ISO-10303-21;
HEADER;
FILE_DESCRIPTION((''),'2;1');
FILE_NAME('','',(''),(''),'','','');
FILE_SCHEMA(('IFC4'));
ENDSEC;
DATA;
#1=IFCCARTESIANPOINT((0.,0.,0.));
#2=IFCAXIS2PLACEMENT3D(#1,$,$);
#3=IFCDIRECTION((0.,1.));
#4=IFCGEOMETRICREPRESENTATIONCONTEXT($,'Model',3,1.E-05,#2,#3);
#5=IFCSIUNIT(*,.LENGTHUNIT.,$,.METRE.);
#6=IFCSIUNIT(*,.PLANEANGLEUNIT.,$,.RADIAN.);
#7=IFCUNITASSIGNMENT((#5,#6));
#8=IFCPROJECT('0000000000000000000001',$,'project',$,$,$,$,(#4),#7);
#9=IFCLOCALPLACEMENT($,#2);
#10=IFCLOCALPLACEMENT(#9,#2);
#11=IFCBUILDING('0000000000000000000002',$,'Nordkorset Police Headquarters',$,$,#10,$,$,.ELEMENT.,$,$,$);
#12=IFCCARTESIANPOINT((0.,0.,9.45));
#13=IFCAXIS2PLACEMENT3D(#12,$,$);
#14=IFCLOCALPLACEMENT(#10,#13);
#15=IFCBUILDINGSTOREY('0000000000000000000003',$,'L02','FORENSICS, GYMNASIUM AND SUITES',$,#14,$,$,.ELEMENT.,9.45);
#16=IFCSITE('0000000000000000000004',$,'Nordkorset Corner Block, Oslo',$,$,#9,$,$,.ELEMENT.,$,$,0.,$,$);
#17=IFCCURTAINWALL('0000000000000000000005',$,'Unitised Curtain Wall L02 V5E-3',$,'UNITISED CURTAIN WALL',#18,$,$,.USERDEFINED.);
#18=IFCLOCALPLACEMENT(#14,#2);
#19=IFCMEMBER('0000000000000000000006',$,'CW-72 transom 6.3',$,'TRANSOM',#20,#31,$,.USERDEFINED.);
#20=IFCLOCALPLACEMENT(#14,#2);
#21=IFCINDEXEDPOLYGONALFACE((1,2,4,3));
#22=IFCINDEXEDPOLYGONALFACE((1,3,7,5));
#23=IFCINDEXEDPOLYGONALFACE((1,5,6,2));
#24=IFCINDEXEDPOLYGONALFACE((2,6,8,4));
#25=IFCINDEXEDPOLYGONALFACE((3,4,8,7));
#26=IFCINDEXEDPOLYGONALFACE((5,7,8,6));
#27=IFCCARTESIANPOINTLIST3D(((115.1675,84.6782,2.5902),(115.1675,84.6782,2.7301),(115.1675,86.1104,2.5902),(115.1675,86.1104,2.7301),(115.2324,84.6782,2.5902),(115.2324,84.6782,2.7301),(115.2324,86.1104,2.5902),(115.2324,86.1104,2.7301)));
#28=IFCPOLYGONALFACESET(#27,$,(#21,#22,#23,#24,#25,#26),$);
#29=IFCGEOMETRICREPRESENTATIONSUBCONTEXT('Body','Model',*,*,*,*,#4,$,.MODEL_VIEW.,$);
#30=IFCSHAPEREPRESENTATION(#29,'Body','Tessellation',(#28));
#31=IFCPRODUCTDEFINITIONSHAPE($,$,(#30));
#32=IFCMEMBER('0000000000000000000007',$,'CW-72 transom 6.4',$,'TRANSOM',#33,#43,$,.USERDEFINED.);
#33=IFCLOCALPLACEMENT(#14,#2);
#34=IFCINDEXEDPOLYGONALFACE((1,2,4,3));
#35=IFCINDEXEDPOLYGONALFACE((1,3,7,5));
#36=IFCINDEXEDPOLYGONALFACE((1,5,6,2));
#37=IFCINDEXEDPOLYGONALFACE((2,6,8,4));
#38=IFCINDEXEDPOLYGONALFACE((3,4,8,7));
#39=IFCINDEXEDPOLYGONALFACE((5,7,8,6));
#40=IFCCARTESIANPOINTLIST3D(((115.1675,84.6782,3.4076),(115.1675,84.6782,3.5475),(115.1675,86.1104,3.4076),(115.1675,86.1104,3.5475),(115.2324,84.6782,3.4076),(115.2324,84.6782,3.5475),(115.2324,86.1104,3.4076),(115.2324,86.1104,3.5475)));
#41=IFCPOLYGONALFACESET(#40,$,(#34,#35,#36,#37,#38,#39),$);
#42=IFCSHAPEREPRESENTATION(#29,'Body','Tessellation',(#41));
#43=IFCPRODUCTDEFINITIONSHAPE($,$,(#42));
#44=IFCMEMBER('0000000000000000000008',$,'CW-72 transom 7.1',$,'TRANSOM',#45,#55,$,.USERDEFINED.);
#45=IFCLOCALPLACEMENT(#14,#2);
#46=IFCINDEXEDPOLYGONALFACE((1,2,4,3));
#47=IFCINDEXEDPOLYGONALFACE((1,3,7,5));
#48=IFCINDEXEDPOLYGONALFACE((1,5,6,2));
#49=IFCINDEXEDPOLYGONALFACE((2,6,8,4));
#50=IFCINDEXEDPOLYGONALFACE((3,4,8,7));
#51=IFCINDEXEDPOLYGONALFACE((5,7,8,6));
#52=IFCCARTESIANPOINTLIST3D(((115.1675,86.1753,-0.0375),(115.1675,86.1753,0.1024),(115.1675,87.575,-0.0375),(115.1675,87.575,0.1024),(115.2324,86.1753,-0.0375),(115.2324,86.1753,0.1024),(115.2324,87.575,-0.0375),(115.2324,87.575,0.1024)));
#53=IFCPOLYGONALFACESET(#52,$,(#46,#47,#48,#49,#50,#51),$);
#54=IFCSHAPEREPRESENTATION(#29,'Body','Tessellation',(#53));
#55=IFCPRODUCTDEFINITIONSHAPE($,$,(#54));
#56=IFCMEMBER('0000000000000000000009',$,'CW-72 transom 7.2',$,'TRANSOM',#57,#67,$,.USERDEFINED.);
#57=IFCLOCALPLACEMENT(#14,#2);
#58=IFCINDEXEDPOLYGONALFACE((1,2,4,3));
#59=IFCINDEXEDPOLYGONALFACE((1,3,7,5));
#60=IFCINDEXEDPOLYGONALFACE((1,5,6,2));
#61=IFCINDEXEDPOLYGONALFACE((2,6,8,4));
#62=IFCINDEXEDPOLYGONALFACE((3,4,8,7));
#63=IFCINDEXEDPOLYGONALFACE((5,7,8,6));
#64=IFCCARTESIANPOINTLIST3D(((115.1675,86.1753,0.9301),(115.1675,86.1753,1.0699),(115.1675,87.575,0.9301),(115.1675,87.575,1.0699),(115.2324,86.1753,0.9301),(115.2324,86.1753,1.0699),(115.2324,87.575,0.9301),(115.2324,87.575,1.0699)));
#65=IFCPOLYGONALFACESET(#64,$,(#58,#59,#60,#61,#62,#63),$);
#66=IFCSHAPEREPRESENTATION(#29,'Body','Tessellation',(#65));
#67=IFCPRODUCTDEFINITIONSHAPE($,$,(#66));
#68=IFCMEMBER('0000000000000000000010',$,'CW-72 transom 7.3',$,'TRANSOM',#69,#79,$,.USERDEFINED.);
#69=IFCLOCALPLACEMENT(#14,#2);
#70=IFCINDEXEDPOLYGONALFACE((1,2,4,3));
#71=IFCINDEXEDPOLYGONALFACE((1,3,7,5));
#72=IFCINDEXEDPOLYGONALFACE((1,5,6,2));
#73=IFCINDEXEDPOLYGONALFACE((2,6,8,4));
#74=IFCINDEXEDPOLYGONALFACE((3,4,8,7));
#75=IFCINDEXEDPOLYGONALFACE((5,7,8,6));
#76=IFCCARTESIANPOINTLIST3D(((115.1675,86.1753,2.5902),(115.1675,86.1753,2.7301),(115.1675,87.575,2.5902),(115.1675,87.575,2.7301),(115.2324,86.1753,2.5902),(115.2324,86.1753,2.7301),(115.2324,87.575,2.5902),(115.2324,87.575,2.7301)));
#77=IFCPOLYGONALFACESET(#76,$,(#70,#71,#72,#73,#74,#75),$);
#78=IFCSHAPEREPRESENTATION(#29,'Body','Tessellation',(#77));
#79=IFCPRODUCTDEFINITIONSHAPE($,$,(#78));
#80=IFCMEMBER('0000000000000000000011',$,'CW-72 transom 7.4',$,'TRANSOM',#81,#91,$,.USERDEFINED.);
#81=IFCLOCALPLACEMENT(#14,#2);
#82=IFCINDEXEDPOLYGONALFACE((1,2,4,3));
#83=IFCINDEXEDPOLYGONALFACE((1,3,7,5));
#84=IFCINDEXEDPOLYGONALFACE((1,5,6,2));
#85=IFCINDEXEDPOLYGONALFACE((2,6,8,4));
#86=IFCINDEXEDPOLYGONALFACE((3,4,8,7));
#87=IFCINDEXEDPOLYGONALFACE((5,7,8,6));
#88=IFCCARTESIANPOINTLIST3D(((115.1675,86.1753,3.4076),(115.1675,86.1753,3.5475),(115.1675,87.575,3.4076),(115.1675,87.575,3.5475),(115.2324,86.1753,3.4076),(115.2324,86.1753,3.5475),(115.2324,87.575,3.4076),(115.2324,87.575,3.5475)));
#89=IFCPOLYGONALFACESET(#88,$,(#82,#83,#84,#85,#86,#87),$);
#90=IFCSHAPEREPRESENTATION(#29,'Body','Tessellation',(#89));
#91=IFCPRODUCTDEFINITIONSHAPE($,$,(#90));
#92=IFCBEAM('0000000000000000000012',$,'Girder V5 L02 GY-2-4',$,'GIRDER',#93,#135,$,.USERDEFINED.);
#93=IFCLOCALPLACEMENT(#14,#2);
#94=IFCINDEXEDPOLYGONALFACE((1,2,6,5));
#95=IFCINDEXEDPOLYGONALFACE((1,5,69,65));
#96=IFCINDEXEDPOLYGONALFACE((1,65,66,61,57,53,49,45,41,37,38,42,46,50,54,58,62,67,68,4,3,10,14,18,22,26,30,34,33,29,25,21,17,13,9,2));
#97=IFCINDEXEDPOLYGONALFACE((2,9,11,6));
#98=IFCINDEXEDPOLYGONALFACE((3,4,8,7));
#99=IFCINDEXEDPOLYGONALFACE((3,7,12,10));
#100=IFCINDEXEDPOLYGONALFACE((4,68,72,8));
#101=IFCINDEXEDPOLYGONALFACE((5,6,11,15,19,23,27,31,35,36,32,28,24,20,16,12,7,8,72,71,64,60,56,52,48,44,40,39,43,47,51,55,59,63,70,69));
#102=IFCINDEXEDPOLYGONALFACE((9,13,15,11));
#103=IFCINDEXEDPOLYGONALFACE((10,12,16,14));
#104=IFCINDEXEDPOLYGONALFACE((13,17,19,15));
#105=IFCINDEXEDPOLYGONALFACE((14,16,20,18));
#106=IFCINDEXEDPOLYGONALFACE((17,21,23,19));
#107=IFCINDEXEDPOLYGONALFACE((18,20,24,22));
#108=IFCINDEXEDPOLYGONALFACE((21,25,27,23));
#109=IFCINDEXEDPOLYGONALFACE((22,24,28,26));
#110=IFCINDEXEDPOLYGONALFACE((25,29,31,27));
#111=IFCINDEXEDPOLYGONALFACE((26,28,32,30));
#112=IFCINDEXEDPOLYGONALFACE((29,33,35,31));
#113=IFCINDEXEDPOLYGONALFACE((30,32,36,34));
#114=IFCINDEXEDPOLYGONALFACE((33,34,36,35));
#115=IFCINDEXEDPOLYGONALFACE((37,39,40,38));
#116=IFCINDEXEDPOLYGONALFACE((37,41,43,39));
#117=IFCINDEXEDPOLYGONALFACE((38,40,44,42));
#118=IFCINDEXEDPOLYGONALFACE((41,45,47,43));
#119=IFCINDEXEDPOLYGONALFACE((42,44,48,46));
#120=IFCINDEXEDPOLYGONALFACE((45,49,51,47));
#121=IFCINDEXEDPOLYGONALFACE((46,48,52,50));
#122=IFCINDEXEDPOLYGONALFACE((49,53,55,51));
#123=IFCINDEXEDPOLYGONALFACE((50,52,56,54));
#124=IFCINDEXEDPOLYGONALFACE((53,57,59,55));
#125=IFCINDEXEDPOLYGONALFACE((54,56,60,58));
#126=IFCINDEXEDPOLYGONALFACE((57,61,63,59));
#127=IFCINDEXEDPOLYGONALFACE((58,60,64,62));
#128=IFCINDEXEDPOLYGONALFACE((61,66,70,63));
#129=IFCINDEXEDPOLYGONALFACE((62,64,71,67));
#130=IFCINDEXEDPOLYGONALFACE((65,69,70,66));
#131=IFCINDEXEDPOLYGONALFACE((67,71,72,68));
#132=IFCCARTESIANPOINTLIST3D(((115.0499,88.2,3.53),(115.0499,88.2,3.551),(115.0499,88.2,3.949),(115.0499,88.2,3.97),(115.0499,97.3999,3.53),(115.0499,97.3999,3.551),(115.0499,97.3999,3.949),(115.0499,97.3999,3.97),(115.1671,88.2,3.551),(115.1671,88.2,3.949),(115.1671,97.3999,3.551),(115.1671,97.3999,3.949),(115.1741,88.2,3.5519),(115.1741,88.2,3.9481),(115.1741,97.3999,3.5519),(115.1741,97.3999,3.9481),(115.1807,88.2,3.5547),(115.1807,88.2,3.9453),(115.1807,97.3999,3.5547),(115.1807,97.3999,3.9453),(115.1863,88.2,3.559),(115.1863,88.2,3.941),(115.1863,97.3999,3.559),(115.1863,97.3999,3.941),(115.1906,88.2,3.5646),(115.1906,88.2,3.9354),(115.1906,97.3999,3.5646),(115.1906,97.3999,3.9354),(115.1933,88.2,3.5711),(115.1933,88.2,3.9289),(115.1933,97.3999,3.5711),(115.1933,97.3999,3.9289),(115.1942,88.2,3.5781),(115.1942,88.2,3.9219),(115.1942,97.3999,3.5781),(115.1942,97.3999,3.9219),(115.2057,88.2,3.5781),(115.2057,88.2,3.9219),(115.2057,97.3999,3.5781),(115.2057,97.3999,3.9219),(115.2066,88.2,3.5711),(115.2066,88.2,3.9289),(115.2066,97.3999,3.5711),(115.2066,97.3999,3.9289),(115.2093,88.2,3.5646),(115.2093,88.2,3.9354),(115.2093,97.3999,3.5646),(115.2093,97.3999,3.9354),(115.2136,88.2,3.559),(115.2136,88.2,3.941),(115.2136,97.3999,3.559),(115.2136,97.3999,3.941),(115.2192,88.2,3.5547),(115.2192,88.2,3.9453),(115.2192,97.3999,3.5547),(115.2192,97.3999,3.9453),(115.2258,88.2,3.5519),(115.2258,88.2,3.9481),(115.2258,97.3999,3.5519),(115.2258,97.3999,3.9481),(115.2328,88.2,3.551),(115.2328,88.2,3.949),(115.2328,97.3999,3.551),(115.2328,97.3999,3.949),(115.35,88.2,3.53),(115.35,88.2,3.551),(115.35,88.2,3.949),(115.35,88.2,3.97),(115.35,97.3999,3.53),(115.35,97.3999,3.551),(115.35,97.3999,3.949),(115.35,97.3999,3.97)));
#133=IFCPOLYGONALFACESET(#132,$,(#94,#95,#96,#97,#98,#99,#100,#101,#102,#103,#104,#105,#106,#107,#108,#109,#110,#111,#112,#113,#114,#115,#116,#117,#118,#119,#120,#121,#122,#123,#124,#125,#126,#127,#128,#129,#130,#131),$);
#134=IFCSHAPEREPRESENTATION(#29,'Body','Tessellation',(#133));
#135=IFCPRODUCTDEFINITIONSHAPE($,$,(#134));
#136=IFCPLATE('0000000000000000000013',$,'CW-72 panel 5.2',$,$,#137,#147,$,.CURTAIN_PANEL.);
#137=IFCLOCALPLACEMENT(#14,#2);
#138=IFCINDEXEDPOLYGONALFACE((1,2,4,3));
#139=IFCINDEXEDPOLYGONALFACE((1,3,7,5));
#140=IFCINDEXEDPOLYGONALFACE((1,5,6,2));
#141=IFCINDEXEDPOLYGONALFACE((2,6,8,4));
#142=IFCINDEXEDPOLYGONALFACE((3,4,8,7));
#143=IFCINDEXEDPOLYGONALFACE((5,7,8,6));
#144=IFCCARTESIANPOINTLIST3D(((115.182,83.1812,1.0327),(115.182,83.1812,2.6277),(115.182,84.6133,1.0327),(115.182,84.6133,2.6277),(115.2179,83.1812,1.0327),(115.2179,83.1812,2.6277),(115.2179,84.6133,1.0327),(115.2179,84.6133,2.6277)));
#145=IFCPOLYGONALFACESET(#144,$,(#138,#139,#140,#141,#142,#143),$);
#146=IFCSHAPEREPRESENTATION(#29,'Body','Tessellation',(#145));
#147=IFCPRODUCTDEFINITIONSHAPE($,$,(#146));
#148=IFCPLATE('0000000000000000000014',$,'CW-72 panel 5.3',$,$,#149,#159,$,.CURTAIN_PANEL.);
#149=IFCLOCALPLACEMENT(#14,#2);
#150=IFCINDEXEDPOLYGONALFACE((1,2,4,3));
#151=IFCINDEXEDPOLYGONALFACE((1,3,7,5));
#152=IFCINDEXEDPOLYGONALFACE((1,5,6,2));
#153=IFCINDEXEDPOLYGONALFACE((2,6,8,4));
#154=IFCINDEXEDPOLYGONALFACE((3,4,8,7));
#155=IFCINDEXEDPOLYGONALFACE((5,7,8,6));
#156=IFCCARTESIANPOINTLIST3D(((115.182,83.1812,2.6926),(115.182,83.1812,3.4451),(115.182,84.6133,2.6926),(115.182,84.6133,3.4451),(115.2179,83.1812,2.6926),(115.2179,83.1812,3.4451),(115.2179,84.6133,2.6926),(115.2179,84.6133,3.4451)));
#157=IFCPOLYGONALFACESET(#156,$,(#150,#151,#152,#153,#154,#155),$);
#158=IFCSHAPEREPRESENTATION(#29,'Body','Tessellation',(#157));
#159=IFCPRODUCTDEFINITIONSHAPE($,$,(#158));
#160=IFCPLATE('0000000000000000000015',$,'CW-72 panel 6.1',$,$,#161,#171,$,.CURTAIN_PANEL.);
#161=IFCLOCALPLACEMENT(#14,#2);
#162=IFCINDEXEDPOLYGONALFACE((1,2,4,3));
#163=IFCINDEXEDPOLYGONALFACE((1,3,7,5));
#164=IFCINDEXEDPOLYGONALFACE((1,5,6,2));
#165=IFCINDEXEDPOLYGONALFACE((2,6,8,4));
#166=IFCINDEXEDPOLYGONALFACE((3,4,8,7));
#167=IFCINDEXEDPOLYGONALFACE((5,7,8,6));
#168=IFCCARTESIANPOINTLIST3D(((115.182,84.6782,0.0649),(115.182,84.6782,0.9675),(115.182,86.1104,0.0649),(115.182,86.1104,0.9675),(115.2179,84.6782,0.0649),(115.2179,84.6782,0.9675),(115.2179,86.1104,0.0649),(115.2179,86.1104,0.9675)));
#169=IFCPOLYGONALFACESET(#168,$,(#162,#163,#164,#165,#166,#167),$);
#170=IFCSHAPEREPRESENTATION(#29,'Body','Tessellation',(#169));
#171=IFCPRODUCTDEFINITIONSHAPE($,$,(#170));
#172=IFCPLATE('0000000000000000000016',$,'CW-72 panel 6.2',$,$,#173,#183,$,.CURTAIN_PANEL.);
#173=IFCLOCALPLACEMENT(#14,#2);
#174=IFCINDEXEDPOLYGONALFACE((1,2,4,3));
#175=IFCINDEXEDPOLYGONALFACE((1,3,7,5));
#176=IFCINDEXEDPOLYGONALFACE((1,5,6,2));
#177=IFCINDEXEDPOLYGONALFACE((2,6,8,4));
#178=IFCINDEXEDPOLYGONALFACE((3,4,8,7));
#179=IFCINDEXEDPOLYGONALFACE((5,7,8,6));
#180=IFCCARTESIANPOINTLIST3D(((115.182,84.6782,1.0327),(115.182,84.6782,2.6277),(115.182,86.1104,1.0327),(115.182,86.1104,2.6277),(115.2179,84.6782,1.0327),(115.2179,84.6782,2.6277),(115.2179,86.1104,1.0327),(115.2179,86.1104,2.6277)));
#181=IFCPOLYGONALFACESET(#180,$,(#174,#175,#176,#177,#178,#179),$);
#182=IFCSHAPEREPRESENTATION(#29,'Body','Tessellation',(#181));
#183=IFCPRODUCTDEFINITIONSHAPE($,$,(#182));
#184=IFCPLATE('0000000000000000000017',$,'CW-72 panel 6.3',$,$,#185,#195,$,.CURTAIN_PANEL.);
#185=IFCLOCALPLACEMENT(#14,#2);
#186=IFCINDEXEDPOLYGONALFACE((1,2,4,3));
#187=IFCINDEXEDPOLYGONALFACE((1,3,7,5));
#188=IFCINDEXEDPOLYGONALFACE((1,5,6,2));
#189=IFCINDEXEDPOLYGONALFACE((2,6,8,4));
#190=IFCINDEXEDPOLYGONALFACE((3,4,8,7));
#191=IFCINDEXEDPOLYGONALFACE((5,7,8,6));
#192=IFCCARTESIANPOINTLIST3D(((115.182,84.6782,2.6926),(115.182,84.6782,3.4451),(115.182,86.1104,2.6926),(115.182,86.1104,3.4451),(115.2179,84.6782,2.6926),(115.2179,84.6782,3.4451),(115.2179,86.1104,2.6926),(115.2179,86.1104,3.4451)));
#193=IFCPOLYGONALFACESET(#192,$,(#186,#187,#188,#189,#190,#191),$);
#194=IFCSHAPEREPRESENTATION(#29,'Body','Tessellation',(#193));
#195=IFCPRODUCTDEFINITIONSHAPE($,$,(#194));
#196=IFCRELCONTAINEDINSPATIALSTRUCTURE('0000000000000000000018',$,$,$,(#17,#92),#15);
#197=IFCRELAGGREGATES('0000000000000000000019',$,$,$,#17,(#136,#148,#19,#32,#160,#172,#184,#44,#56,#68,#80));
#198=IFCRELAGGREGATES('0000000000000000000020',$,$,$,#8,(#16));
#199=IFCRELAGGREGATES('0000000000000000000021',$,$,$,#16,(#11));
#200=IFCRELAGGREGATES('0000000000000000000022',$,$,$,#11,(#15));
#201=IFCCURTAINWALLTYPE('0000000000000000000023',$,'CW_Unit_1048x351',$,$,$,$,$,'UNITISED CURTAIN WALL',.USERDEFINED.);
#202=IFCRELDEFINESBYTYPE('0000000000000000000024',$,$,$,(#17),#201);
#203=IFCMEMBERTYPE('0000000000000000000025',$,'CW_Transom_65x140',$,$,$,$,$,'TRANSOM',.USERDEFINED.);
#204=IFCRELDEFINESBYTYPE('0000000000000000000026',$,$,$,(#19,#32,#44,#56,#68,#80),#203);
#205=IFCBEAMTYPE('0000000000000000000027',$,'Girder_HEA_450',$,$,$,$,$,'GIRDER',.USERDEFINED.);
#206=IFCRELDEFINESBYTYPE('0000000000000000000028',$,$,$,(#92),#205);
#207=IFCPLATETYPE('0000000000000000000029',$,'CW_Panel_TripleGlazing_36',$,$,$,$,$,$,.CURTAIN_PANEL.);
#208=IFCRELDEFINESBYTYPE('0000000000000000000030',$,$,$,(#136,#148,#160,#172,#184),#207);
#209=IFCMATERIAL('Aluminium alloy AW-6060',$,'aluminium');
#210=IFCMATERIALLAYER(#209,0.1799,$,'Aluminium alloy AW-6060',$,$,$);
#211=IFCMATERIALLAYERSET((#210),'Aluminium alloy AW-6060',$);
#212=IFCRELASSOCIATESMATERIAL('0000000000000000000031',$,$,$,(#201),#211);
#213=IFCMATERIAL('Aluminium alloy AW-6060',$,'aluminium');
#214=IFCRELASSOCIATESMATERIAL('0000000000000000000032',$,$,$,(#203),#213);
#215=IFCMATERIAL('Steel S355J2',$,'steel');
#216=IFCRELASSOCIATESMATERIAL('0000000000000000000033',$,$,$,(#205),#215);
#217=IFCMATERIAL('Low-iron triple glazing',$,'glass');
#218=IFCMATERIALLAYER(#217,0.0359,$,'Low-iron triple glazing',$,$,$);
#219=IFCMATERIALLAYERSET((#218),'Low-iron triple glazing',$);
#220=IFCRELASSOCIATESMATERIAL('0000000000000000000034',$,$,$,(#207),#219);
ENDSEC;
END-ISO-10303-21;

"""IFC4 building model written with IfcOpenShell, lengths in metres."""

from ifc_helpers import new_model, si_unit, direction, frame, origin, origin_2d, place, context, subcontext, project, spatial, rectangle, i_section, extrude, material, layer, layer_set, material_profile, profile_set, type_object, element, aggregate, save


model = new_model("IFC4")

# Units and contexts
model_context = context("Model", 3, precision=1e-05, world=origin(), true_north=direction((0.0, 1.0)))
body_context = subcontext(model_context, "Body", "Model", "MODEL_VIEW")
ifc_project = project(units=[si_unit("LENGTHUNIT", "METRE"), si_unit("PLANEANGLEUNIT", "RADIAN")], contexts=[model_context])

# Site, building, storey
site_placement = place(None, origin())
site = spatial("IfcSite", under=ifc_project, at=site_placement, Name="Nordkorset Corner Block, Oslo", CompositionType="ELEMENT", RefElevation=0.0)
building_placement = place(site_placement, origin())
building = spatial("IfcBuilding", under=site, at=building_placement, Name="Nordkorset Police Headquarters", CompositionType="ELEMENT")
storey_placement = place(building_placement, frame((0.0, 0.0, 9.45)))
storey = spatial("IfcBuildingStorey", under=building, at=storey_placement, Name="L02", Description="FORENSICS, GYMNASIUM AND SUITES", CompositionType="ELEMENT", Elevation=9.45)

# Curtain wall, members
ifc_material_1 = material(Name="Aluminium alloy AW-6060", Category="aluminium")
ifc_layer_1 = layer(ifc_material_1, 0.1799, Name="Aluminium alloy AW-6060")
ifc_layer_set_1 = layer_set([ifc_layer_1], Name="Aluminium alloy AW-6060")
curtain_wall_type = type_object("IfcCurtainWallType", Name="CW_Unit_1048x351", ElementType="UNITISED CURTAIN WALL", PredefinedType="USERDEFINED", material=ifc_layer_set_1)
curtain_wall_placement = place(storey_placement, origin())
curtain_wall = element("IfcCurtainWall", 1, at=curtain_wall_placement, inside=storey, type_object=curtain_wall_type, Name="Unitised Curtain Wall L02 V5E-3", ObjectType="UNITISED CURTAIN WALL", PredefinedType="USERDEFINED")
ifc_material_2 = material(Name="Aluminium alloy AW-6060", Category="aluminium")
ifc_material_profile_1 = material_profile(ifc_material_2, rectangle(XDim=0.0649, YDim=0.1399, at=origin_2d()), Name="ALU TRAN 65x140")
ifc_profile_set_1 = profile_set([ifc_material_profile_1], Name="Aluminium alloy AW-6060")
member_type_1 = type_object("IfcMemberType", Name="CW_Transom_65x140", ElementType="TRANSOM", PredefinedType="USERDEFINED", material=ifc_profile_set_1)
member_1_placement = place(storey_placement, frame((115.2, 84.6782, 2.6602), z_axis=(0.0, 1.0, 0.0), x_axis=(-1.0, 0.0, 0.0)))
member_1 = element("IfcMember", 2, at=member_1_placement, type_object=member_type_1, Name="CW-72 transom 6.3", ObjectType="TRANSOM", PredefinedType="USERDEFINED", context=body_context, shape_type="SweptSolid", body=[
    extrude(rectangle(XDim=0.0649, YDim=0.1399, at=origin_2d()), origin(), (0.0, 0.0, 1.0), 1.4321),
])
member_2_placement = place(storey_placement, frame((115.2, 84.6782, 3.4775), z_axis=(0.0, 1.0, 0.0), x_axis=(-1.0, 0.0, 0.0)))
member_2 = element("IfcMember", 3, at=member_2_placement, type_object=member_type_1, Name="CW-72 transom 6.4", ObjectType="TRANSOM", PredefinedType="USERDEFINED", context=body_context, shape_type="SweptSolid", body=[
    extrude(rectangle(XDim=0.0649, YDim=0.1399, at=origin_2d()), origin(), (0.0, 0.0, 1.0), 1.4321),
])
member_3_placement = place(storey_placement, frame((115.2, 86.1753, 0.0325), z_axis=(0.0, 1.0, 0.0), x_axis=(-1.0, 0.0, 0.0)))
member_3 = element("IfcMember", 4, at=member_3_placement, type_object=member_type_1, Name="CW-72 transom 7.1", ObjectType="TRANSOM", PredefinedType="USERDEFINED", context=body_context, shape_type="SweptSolid", body=[
    extrude(rectangle(XDim=0.0649, YDim=0.1399, at=origin_2d()), origin(), (0.0, 0.0, 1.0), 1.3997),
])
member_4_placement = place(storey_placement, frame((115.2, 86.1753, 1.0), z_axis=(0.0, 1.0, 0.0), x_axis=(-1.0, 0.0, 0.0)))
member_4 = element("IfcMember", 5, at=member_4_placement, type_object=member_type_1, Name="CW-72 transom 7.2", ObjectType="TRANSOM", PredefinedType="USERDEFINED", context=body_context, shape_type="SweptSolid", body=[
    extrude(rectangle(XDim=0.0649, YDim=0.1399, at=origin_2d()), origin(), (0.0, 0.0, 1.0), 1.3997),
])
member_5_placement = place(storey_placement, frame((115.2, 86.1753, 2.6602), z_axis=(0.0, 1.0, 0.0), x_axis=(-1.0, 0.0, 0.0)))
member_5 = element("IfcMember", 6, at=member_5_placement, type_object=member_type_1, Name="CW-72 transom 7.3", ObjectType="TRANSOM", PredefinedType="USERDEFINED", context=body_context, shape_type="SweptSolid", body=[
    extrude(rectangle(XDim=0.0649, YDim=0.1399, at=origin_2d()), origin(), (0.0, 0.0, 1.0), 1.3997),
])
member_6_placement = place(storey_placement, frame((115.2, 86.1753, 3.4775), z_axis=(0.0, 1.0, 0.0), x_axis=(-1.0, 0.0, 0.0)))
member_6 = element("IfcMember", 7, at=member_6_placement, type_object=member_type_1, Name="CW-72 transom 7.4", ObjectType="TRANSOM", PredefinedType="USERDEFINED", context=body_context, shape_type="SweptSolid", body=[
    extrude(rectangle(XDim=0.0649, YDim=0.1399, at=origin_2d()), origin(), (0.0, 0.0, 1.0), 1.3997),
])

# Beam
ifc_material_3 = material(Name="Steel S355J2", Category="steel")
ifc_material_profile_2 = material_profile(ifc_material_3, i_section(OverallWidth=0.3, OverallDepth=0.4399, WebThickness=0.0115, FlangeThickness=0.021, FilletRadius=0.0271, at=origin_2d()), Name="HEA 450")
ifc_profile_set_2 = profile_set([ifc_material_profile_2], Name="Steel S355J2")
beam_type = type_object("IfcBeamType", Name="Girder_HEA_450", ElementType="GIRDER", PredefinedType="USERDEFINED", material=ifc_profile_set_2)
beam_placement = place(storey_placement, frame((115.2, 88.2, 3.75), z_axis=(0.0, 1.0, 0.0), x_axis=(-1.0, 0.0, 0.0)))
element("IfcBeam", 8, at=beam_placement, inside=storey, type_object=beam_type, Name="Girder V5 L02 GY-2-4", ObjectType="GIRDER", PredefinedType="USERDEFINED", context=body_context, shape_type="SweptSolid", body=[
    extrude(i_section(OverallWidth=0.3, OverallDepth=0.4399, WebThickness=0.0115, FlangeThickness=0.021, FilletRadius=0.0271, at=origin_2d()), origin(), (0.0, 0.0, 1.0), 9.2),
])

# Plates
ifc_material_4 = material(Name="Low-iron triple glazing", Category="glass")
ifc_layer_2 = layer(ifc_material_4, 0.0359, Name="Low-iron triple glazing")
ifc_layer_set_2 = layer_set([ifc_layer_2], Name="Low-iron triple glazing")
plate_type_1 = type_object("IfcPlateType", Name="CW_Panel_TripleGlazing_36", PredefinedType="CURTAIN_PANEL", material=ifc_layer_set_2)
plate_1_placement = place(storey_placement, frame((115.2, 83.8972, 1.0327), z_axis=(0.0, 0.0, 1.0), x_axis=(0.0, 1.0, 0.0)))
plate_1 = element("IfcPlate", 9, at=plate_1_placement, type_object=plate_type_1, Name="CW-72 panel 5.2", PredefinedType="CURTAIN_PANEL", context=body_context, shape_type="SweptSolid", body=[
    extrude(rectangle(XDim=1.4321, YDim=0.0359, at=origin_2d()), origin(), (0.0, 0.0, 1.0), 1.595),
])
plate_2_placement = place(storey_placement, frame((115.2, 83.8972, 2.6926), z_axis=(0.0, 0.0, 1.0), x_axis=(0.0, 1.0, 0.0)))
plate_2 = element("IfcPlate", 10, at=plate_2_placement, type_object=plate_type_1, Name="CW-72 panel 5.3", PredefinedType="CURTAIN_PANEL", context=body_context, shape_type="SweptSolid", body=[
    extrude(rectangle(XDim=1.4321, YDim=0.0359, at=origin_2d()), origin(), (0.0, 0.0, 1.0), 0.7524),
])
plate_3_placement = place(storey_placement, frame((115.2, 85.3943, 0.0649), z_axis=(0.0, 0.0, 1.0), x_axis=(0.0, 1.0, 0.0)))
plate_3 = element("IfcPlate", 11, at=plate_3_placement, type_object=plate_type_1, Name="CW-72 panel 6.1", PredefinedType="CURTAIN_PANEL", context=body_context, shape_type="SweptSolid", body=[
    extrude(rectangle(XDim=1.4321, YDim=0.0359, at=origin_2d()), origin(), (0.0, 0.0, 1.0), 0.9026),
])
plate_4_placement = place(storey_placement, frame((115.2, 85.3943, 1.0327), z_axis=(0.0, 0.0, 1.0), x_axis=(0.0, 1.0, 0.0)))
plate_4 = element("IfcPlate", 12, at=plate_4_placement, type_object=plate_type_1, Name="CW-72 panel 6.2", PredefinedType="CURTAIN_PANEL", context=body_context, shape_type="SweptSolid", body=[
    extrude(rectangle(XDim=1.4321, YDim=0.0359, at=origin_2d()), origin(), (0.0, 0.0, 1.0), 1.595),
])
plate_5_placement = place(storey_placement, frame((115.2, 85.3943, 2.6926), z_axis=(0.0, 0.0, 1.0), x_axis=(0.0, 1.0, 0.0)))
plate_5 = element("IfcPlate", 13, at=plate_5_placement, type_object=plate_type_1, Name="CW-72 panel 6.3", PredefinedType="CURTAIN_PANEL", context=body_context, shape_type="SweptSolid", body=[
    extrude(rectangle(XDim=1.4321, YDim=0.0359, at=origin_2d()), origin(), (0.0, 0.0, 1.0), 0.7524),
])
aggregate(curtain_wall, [plate_1, plate_2, member_1, member_2, plate_3, plate_4, plate_5, member_3, member_4, member_5, member_6])

save(model, "model.ifc")
